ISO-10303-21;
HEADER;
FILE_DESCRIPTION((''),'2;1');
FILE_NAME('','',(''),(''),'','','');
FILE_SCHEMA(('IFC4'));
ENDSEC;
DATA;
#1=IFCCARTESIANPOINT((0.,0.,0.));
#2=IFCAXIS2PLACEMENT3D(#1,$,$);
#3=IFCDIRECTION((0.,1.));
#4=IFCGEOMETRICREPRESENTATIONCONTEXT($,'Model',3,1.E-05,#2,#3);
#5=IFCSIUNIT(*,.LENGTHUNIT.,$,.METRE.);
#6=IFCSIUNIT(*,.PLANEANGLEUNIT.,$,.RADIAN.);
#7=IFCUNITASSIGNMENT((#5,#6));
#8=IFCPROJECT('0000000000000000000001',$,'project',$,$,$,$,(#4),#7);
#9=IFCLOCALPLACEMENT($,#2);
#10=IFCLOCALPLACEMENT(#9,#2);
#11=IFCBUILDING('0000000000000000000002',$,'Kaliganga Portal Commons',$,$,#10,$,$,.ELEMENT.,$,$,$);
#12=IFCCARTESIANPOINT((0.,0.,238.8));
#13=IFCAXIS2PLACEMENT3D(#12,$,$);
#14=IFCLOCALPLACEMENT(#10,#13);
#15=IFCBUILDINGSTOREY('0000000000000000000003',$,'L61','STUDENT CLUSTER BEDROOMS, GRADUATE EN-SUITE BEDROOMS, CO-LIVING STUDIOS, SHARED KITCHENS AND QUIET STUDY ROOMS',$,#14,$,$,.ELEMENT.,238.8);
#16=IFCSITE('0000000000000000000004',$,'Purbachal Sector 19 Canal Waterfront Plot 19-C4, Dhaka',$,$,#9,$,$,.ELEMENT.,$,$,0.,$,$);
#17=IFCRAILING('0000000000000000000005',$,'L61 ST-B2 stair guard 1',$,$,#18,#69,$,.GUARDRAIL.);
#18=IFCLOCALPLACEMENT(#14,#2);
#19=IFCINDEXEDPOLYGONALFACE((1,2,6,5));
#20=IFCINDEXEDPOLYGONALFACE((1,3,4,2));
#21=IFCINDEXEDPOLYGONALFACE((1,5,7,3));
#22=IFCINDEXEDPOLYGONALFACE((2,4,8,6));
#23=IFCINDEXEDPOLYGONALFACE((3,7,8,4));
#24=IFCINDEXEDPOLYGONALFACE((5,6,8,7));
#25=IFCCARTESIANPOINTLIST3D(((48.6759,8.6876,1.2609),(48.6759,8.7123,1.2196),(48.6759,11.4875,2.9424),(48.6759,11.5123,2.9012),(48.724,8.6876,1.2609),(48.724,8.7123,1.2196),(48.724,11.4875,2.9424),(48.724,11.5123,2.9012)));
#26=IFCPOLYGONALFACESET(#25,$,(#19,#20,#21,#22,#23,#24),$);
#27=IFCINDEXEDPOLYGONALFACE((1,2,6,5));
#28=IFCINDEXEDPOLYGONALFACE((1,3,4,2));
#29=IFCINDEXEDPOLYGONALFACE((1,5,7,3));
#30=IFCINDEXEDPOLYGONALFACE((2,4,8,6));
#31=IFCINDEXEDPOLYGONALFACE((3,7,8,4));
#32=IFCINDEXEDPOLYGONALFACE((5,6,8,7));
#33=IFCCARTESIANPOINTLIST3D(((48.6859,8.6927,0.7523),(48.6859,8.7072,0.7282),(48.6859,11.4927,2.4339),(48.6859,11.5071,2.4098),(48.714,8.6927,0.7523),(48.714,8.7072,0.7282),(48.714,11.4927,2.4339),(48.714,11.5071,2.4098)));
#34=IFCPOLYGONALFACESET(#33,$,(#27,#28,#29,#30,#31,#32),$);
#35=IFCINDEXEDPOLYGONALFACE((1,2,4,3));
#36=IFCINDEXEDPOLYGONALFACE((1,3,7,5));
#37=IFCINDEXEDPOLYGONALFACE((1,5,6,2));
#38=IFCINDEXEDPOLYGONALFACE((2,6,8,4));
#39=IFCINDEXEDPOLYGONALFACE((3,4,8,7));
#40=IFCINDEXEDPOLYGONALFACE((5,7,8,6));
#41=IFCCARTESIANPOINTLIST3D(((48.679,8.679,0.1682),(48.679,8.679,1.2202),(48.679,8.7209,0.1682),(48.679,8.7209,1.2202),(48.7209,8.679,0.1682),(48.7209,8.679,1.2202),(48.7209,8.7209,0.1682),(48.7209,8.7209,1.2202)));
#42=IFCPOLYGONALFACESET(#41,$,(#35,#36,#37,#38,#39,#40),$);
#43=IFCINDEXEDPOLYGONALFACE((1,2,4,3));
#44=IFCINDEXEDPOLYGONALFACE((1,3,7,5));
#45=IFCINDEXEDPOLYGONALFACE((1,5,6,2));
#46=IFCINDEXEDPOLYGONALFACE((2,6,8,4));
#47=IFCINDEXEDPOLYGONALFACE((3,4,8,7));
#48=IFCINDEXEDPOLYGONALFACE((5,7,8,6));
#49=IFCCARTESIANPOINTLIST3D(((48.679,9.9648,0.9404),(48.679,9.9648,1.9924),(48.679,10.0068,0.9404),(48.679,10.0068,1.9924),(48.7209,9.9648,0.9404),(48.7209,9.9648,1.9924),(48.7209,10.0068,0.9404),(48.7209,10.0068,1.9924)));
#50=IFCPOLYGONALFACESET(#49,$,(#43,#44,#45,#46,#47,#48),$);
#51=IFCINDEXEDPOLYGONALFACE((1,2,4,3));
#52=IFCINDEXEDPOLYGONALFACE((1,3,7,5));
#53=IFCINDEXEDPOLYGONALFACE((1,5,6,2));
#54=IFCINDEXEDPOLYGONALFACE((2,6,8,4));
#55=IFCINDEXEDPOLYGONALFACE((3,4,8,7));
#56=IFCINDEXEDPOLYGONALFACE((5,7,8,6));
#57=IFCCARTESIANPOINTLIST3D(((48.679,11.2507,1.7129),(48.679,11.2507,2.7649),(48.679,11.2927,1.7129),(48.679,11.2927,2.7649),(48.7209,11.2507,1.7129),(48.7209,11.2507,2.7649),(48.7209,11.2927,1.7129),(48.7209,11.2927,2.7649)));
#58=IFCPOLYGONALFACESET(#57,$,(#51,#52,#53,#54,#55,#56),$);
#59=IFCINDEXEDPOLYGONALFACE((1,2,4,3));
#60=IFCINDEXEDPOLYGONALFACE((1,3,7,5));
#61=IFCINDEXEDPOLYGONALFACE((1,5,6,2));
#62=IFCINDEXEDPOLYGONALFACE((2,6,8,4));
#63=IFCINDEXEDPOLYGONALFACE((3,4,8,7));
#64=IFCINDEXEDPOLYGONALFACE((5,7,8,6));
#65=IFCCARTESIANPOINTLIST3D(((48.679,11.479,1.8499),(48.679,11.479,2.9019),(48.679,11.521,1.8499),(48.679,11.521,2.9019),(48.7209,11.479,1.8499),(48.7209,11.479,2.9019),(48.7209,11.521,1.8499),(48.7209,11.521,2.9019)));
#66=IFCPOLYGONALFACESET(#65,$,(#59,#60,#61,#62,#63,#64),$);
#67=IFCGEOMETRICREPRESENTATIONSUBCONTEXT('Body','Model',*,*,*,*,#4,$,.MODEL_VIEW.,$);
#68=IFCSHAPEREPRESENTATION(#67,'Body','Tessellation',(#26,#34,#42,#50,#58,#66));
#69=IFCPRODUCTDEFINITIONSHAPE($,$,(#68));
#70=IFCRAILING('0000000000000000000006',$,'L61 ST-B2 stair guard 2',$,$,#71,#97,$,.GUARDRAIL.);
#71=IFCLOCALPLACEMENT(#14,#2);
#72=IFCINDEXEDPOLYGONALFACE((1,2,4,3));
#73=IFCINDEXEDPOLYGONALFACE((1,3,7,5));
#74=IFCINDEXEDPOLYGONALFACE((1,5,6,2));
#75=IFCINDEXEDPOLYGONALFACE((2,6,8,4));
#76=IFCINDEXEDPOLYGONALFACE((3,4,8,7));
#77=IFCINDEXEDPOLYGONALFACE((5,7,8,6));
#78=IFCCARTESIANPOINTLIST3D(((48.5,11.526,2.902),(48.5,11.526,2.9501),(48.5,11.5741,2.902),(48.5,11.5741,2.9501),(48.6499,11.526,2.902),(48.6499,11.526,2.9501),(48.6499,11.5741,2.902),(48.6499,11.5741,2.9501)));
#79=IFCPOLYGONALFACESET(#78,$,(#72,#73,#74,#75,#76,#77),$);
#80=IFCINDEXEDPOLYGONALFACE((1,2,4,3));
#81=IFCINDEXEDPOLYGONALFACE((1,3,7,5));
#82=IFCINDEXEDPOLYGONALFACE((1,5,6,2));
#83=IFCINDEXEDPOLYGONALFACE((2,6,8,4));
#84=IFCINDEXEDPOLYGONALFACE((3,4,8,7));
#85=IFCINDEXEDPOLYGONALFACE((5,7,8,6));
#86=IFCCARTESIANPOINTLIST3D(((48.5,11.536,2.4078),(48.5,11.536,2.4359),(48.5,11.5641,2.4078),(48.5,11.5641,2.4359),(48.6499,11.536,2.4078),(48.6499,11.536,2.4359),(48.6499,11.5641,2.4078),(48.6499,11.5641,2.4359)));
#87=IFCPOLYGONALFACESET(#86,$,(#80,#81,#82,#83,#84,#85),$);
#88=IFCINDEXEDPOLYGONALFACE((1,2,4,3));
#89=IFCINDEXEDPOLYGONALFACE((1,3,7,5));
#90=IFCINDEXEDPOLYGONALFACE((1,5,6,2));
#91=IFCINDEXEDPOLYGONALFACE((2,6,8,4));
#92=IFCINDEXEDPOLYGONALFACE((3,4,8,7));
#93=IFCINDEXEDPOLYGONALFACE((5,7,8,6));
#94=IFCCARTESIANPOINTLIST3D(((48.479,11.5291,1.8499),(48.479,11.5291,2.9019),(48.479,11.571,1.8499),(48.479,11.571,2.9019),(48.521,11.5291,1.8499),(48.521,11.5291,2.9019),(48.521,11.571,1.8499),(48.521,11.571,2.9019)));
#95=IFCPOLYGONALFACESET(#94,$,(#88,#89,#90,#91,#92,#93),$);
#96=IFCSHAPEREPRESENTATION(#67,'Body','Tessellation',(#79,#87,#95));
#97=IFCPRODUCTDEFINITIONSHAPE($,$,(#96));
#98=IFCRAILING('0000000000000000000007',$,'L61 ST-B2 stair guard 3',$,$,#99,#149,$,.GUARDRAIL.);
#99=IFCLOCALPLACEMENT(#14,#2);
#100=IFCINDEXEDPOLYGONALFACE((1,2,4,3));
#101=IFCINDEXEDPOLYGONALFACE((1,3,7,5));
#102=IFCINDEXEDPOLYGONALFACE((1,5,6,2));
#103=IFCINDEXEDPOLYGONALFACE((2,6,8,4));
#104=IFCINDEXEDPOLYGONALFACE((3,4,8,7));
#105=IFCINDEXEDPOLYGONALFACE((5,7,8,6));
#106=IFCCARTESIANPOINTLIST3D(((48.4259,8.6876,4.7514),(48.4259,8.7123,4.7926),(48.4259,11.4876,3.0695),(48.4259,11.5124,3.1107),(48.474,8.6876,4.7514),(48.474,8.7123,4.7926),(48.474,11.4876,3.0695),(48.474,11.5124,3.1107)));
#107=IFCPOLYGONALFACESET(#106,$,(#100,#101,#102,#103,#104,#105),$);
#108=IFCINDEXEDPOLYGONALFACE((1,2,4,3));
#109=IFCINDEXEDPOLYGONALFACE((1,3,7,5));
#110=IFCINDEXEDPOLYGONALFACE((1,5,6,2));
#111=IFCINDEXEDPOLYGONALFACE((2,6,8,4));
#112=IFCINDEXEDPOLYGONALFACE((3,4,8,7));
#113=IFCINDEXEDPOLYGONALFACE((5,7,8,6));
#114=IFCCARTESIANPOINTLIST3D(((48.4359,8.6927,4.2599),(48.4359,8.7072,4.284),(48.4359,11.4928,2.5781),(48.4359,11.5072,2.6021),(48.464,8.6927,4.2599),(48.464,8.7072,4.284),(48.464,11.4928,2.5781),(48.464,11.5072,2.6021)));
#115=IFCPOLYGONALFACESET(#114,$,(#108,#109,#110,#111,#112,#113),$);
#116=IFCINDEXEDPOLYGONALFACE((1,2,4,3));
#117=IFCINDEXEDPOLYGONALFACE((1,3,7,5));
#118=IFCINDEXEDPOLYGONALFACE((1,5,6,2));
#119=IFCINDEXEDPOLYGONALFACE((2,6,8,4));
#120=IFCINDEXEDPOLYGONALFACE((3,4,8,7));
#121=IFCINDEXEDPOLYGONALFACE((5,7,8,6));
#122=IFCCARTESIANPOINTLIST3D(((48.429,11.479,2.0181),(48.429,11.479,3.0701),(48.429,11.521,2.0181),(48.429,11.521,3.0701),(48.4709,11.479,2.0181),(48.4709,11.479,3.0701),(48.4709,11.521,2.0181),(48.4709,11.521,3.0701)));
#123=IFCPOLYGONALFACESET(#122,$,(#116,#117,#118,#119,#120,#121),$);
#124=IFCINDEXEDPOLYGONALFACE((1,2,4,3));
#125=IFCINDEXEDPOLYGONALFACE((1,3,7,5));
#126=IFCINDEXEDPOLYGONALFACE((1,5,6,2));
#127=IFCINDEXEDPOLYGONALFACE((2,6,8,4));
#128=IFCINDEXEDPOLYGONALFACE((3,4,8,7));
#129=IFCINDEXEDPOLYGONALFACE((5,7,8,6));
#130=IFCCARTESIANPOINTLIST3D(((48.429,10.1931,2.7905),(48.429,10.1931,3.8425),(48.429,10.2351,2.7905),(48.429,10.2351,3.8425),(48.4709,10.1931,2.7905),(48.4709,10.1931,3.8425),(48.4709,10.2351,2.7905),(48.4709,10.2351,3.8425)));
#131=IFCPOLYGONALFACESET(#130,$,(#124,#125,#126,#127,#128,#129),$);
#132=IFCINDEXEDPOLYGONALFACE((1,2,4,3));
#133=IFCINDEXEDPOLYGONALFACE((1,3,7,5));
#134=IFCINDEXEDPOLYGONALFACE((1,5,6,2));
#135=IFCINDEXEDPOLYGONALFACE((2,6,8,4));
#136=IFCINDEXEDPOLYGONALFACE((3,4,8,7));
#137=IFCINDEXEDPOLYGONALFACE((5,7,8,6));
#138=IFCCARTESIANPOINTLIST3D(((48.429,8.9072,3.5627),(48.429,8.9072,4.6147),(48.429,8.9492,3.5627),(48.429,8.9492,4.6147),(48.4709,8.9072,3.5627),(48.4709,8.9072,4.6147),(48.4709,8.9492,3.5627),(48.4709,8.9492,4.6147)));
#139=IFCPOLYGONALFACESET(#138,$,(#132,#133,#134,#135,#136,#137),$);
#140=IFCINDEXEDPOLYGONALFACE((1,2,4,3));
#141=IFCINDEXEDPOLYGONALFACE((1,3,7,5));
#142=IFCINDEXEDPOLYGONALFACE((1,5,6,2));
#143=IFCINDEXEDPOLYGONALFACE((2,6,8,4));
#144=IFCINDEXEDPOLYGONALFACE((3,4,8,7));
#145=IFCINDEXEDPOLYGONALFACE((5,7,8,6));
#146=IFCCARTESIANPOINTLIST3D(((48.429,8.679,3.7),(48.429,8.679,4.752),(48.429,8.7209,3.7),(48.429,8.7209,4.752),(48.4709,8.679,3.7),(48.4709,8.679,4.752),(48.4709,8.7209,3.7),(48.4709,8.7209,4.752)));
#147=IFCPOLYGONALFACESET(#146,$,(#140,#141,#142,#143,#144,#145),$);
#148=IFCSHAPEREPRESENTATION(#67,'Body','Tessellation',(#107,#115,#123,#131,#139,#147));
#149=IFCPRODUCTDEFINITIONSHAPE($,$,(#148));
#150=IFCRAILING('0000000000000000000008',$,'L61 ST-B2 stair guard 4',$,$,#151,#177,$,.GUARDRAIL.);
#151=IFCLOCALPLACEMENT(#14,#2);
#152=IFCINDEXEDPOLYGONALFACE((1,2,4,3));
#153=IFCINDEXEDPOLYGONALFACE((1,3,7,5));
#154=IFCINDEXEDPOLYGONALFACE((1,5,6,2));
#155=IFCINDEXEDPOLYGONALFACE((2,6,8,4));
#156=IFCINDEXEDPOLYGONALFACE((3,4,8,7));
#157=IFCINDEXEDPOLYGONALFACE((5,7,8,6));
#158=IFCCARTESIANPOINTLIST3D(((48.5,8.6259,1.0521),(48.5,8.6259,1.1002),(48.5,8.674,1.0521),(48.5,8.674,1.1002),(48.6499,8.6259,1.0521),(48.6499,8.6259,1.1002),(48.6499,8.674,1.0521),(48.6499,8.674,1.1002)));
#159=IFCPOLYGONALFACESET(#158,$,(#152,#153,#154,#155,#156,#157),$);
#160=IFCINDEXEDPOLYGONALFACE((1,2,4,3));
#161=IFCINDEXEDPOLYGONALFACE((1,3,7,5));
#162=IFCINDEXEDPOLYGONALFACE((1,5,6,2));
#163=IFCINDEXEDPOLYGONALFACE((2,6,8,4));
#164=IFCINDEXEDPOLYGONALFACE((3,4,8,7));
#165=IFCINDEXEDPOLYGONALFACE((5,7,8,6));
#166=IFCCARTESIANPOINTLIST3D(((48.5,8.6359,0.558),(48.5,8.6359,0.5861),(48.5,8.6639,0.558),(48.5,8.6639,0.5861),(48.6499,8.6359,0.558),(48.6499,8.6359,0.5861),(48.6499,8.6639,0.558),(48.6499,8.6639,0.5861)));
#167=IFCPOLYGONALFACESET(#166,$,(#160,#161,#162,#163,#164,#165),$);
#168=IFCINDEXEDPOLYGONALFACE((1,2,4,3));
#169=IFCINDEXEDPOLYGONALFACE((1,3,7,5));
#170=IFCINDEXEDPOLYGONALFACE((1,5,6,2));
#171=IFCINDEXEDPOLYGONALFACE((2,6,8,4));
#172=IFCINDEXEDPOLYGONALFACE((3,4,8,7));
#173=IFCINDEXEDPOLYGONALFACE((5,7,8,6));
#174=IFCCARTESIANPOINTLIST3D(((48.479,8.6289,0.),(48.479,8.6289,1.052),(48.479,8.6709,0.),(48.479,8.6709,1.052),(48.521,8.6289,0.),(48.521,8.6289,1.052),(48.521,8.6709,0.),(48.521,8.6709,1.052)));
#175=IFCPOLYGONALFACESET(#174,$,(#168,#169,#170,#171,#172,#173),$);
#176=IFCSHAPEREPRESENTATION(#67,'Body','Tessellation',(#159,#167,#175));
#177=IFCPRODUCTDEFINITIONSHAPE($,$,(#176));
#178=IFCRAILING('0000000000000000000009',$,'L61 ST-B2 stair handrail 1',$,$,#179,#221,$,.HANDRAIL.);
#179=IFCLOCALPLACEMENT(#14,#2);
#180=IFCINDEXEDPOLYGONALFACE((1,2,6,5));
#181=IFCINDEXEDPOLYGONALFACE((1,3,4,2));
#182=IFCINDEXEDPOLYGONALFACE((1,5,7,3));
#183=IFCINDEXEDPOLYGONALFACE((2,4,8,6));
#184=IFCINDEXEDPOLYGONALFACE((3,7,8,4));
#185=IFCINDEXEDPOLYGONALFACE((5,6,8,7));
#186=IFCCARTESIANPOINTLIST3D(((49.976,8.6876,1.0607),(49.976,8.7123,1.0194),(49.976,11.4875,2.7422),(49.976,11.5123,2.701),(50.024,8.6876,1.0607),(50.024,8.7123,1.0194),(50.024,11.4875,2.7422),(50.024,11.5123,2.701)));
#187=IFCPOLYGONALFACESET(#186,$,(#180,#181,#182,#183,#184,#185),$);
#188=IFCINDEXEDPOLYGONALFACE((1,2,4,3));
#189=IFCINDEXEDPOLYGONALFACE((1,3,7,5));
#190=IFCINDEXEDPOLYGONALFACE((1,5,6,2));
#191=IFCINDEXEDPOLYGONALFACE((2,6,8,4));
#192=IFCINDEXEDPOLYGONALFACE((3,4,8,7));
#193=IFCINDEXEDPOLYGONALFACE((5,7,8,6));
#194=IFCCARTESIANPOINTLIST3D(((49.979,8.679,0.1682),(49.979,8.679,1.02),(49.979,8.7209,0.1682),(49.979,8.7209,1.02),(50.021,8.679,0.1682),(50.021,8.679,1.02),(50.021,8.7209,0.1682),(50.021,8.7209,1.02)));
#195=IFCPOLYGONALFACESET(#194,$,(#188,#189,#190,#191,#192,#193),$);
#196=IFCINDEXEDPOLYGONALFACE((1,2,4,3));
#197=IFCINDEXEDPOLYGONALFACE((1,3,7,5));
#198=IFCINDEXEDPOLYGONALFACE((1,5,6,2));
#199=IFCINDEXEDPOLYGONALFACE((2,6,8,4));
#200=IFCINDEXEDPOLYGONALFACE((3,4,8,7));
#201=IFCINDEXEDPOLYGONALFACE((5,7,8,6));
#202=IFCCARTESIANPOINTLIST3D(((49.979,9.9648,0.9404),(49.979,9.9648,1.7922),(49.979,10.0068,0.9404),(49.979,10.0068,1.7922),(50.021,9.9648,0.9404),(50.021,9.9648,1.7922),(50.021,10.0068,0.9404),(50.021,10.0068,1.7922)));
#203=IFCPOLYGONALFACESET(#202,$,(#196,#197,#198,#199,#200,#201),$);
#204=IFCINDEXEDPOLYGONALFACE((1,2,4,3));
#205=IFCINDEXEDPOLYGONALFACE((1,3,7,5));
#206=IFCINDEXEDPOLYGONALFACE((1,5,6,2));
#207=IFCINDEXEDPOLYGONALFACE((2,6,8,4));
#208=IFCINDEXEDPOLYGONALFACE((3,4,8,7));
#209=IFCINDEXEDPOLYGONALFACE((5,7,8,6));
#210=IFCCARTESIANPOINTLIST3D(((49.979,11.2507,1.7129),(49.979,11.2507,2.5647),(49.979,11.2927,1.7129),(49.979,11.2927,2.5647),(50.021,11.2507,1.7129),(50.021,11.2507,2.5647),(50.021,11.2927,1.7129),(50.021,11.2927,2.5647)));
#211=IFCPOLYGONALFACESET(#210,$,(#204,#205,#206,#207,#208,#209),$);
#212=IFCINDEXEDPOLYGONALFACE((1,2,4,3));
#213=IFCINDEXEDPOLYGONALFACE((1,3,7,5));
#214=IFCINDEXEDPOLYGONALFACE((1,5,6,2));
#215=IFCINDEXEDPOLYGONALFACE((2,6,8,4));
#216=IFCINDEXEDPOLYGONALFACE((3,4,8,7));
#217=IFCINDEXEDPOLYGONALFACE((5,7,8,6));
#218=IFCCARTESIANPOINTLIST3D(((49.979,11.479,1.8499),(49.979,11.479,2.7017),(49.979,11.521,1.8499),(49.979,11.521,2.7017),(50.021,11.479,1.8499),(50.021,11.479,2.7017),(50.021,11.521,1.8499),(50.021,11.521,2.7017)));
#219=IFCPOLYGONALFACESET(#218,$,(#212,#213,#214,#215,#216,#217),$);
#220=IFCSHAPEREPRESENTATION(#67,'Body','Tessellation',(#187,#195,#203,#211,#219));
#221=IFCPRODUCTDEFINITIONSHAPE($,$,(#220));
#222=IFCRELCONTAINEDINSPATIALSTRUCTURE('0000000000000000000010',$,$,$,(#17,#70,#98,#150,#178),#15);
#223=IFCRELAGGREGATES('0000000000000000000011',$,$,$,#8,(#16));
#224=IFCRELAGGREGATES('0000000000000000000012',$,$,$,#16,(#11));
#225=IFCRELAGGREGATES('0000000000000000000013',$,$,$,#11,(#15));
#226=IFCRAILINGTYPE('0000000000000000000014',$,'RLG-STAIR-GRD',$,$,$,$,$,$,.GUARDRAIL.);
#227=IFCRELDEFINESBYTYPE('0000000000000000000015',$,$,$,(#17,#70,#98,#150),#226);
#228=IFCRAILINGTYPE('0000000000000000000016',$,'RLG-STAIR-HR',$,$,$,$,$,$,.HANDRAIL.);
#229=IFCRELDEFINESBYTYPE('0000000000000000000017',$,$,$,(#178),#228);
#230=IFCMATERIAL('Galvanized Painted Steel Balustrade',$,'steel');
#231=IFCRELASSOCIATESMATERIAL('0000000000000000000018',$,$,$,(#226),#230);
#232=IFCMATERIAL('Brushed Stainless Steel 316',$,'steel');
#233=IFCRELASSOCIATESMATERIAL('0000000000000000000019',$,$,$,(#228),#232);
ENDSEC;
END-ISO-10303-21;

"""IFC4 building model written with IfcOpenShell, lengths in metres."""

from ifc_helpers import new_model, si_unit, direction, frame, origin, origin_2d, place, context, subcontext, project, spatial, rectangle, extrude, material, type_object, element, save


model = new_model("IFC4")

# Units and contexts
model_context = context("Model", 3, precision=1e-05, world=origin(), true_north=direction((0.0, 1.0)))
body_context = subcontext(model_context, "Body", "Model", "MODEL_VIEW")
ifc_project = project(units=[si_unit("LENGTHUNIT", "METRE"), si_unit("PLANEANGLEUNIT", "RADIAN")], contexts=[model_context])

# Site, building, storey
site_placement = place(None, origin())
site = spatial("IfcSite", under=ifc_project, at=site_placement, Name="Purbachal Sector 19 Canal Waterfront Plot 19-C4, Dhaka", CompositionType="ELEMENT", RefElevation=0.0)
building_placement = place(site_placement, origin())
building = spatial("IfcBuilding", under=site, at=building_placement, Name="Kaliganga Portal Commons", CompositionType="ELEMENT")
storey_placement = place(building_placement, frame((0.0, 0.0, 238.8)))
storey = spatial("IfcBuildingStorey", under=building, at=storey_placement, Name="L61", Description="STUDENT CLUSTER BEDROOMS, GRADUATE EN-SUITE BEDROOMS, CO-LIVING STUDIOS, SHARED KITCHENS AND QUIET STUDY ROOMS", CompositionType="ELEMENT", Elevation=238.8)

# Railings
ifc_material_1 = material(Name="Galvanized Painted Steel Balustrade", Category="steel")
railing_type_1 = type_object("IfcRailingType", Name="RLG-STAIR-GRD", PredefinedType="GUARDRAIL", material=ifc_material_1)
railing_1_placement = place(storey_placement, frame((48.7, 8.7, 0.1682)))
element("IfcRailing", 1, at=railing_1_placement, inside=storey, type_object=railing_type_1, Name="L61 ST-B2 stair guard 1", PredefinedType="GUARDRAIL", context=body_context, shape_type="SweptSolid", body=[
    extrude(rectangle(XDim=0.0481, YDim=0.0481, at=origin_2d()), frame((0.0, 0.0, 1.072), z_axis=(0.0, 0.857275, 0.514858), x_axis=(-1.0, 0.0, 0.0)), (0.0, 0.0, 1.0), 3.2661),
    extrude(rectangle(XDim=0.0281, YDim=0.0281, at=origin_2d()), frame((0.0, 0.0, 0.572), z_axis=(0.0, 0.857275, 0.514858), x_axis=(-1.0, 0.0, 0.0)), (0.0, 0.0, 1.0), 3.2661),
    extrude(rectangle(XDim=0.042, YDim=0.042, at=origin_2d()), origin(), (0.0, 0.0, 1.0), 1.052),
    extrude(rectangle(XDim=0.042, YDim=0.042, at=origin_2d()), frame((0.0, 1.2859, 0.7722)), (0.0, 0.0, 1.0), 1.052),
    extrude(rectangle(XDim=0.042, YDim=0.042, at=origin_2d()), frame((0.0, 2.5718, 1.5447)), (0.0, 0.0, 1.0), 1.052),
    extrude(rectangle(XDim=0.042, YDim=0.042, at=origin_2d()), frame((0.0, 2.8, 1.6816)), (0.0, 0.0, 1.0), 1.052),
])
railing_2_placement = place(storey_placement, frame((48.6499, 11.55, 1.8499)))
element("IfcRailing", 2, at=railing_2_placement, inside=storey, type_object=railing_type_1, Name="L61 ST-B2 stair guard 2", PredefinedType="GUARDRAIL", context=body_context, shape_type="SweptSolid", body=[
    extrude(rectangle(XDim=0.0481, YDim=0.0481, at=origin_2d()), frame((0.0, 0.0, 1.0762), z_axis=(-1.0, 0.0, 0.0), x_axis=(0.0, -1.0, 0.0)), (0.0, 0.0, 1.0), 0.1499),
    extrude(rectangle(XDim=0.0281, YDim=0.0281, at=origin_2d()), frame((0.0, 0.0, 0.572), z_axis=(-1.0, 0.0, 0.0), x_axis=(0.0, -1.0, 0.0)), (0.0, 0.0, 1.0), 0.1499),
    extrude(rectangle(XDim=0.042, YDim=0.042, at=origin_2d()), frame((-0.1499, 0.0, 0.0)), (0.0, 0.0, 1.0), 1.052),
])
railing_3_placement = place(storey_placement, frame((48.45, 11.5, 2.0181)))
element("IfcRailing", 3, at=railing_3_placement, inside=storey, type_object=railing_type_1, Name="L61 ST-B2 stair guard 3", PredefinedType="GUARDRAIL", context=body_context, shape_type="SweptSolid", body=[
    extrude(rectangle(XDim=0.0481, YDim=0.0481, at=origin_2d()), frame((0.0, 0.0, 1.072), z_axis=(0.0, -0.857242, 0.514913), x_axis=(1.0, 0.0, 0.0)), (0.0, 0.0, 1.0), 3.2664),
    extrude(rectangle(XDim=0.0281, YDim=0.0281, at=origin_2d()), frame((0.0, 0.0, 0.572), z_axis=(0.0, -0.857242, 0.514913), x_axis=(1.0, 0.0, 0.0)), (0.0, 0.0, 1.0), 3.2664),
    extrude(rectangle(XDim=0.042, YDim=0.042, at=origin_2d()), origin(), (0.0, 0.0, 1.0), 1.052),
    extrude(rectangle(XDim=0.042, YDim=0.042, at=origin_2d()), frame((0.0, -1.2859, 0.7725)), (0.0, 0.0, 1.0), 1.052),
    extrude(rectangle(XDim=0.042, YDim=0.042, at=origin_2d()), frame((0.0, -2.5718, 1.5447)), (0.0, 0.0, 1.0), 1.052),
    extrude(rectangle(XDim=0.042, YDim=0.042, at=origin_2d()), frame((0.0, -2.8, 1.6819)), (0.0, 0.0, 1.0), 1.052),
])
railing_4_placement = place(storey_placement, frame((48.6499, 8.6499, 0.0)))
element("IfcRailing", 4, at=railing_4_placement, inside=storey, type_object=railing_type_1, Name="L61 ST-B2 stair guard 4", PredefinedType="GUARDRAIL", context=body_context, shape_type="SweptSolid", body=[
    extrude(rectangle(XDim=0.0481, YDim=0.0481, at=origin_2d()), frame((0.0, 0.0, 1.0762), z_axis=(-1.0, 0.0, 0.0), x_axis=(0.0, -1.0, 0.0)), (0.0, 0.0, 1.0), 0.1499),
    extrude(rectangle(XDim=0.0281, YDim=0.0281, at=origin_2d()), frame((0.0, 0.0, 0.572), z_axis=(-1.0, 0.0, 0.0), x_axis=(0.0, -1.0, 0.0)), (0.0, 0.0, 1.0), 0.1499),
    extrude(rectangle(XDim=0.042, YDim=0.042, at=origin_2d()), frame((-0.1499, 0.0, 0.0)), (0.0, 0.0, 1.0), 1.052),
])
ifc_material_2 = material(Name="Brushed Stainless Steel 316", Category="steel")
railing_type_2 = type_object("IfcRailingType", Name="RLG-STAIR-HR", PredefinedType="HANDRAIL", material=ifc_material_2)
railing_5_placement = place(storey_placement, frame((50.0, 8.7, 0.1682)))
element("IfcRailing", 5, at=railing_5_placement, inside=storey, type_object=railing_type_2, Name="L61 ST-B2 stair handrail 1", PredefinedType="HANDRAIL", context=body_context, shape_type="SweptSolid", body=[
    extrude(rectangle(XDim=0.0481, YDim=0.0481, at=origin_2d()), frame((0.0, 0.0, 0.8718), z_axis=(0.0, 0.857275, 0.514858), x_axis=(-1.0, 0.0, 0.0)), (0.0, 0.0, 1.0), 3.2661),
    extrude(rectangle(XDim=0.042, YDim=0.042, at=origin_2d()), origin(), (0.0, 0.0, 1.0), 0.8518),
    extrude(rectangle(XDim=0.042, YDim=0.042, at=origin_2d()), frame((0.0, 1.2859, 0.7722)), (0.0, 0.0, 1.0), 0.8518),
    extrude(rectangle(XDim=0.042, YDim=0.042, at=origin_2d()), frame((0.0, 2.5718, 1.5447)), (0.0, 0.0, 1.0), 0.8518),
    extrude(rectangle(XDim=0.042, YDim=0.042, at=origin_2d()), frame((0.0, 2.8, 1.6816)), (0.0, 0.0, 1.0), 0.8518),
])

save(model, "model.ifc")
